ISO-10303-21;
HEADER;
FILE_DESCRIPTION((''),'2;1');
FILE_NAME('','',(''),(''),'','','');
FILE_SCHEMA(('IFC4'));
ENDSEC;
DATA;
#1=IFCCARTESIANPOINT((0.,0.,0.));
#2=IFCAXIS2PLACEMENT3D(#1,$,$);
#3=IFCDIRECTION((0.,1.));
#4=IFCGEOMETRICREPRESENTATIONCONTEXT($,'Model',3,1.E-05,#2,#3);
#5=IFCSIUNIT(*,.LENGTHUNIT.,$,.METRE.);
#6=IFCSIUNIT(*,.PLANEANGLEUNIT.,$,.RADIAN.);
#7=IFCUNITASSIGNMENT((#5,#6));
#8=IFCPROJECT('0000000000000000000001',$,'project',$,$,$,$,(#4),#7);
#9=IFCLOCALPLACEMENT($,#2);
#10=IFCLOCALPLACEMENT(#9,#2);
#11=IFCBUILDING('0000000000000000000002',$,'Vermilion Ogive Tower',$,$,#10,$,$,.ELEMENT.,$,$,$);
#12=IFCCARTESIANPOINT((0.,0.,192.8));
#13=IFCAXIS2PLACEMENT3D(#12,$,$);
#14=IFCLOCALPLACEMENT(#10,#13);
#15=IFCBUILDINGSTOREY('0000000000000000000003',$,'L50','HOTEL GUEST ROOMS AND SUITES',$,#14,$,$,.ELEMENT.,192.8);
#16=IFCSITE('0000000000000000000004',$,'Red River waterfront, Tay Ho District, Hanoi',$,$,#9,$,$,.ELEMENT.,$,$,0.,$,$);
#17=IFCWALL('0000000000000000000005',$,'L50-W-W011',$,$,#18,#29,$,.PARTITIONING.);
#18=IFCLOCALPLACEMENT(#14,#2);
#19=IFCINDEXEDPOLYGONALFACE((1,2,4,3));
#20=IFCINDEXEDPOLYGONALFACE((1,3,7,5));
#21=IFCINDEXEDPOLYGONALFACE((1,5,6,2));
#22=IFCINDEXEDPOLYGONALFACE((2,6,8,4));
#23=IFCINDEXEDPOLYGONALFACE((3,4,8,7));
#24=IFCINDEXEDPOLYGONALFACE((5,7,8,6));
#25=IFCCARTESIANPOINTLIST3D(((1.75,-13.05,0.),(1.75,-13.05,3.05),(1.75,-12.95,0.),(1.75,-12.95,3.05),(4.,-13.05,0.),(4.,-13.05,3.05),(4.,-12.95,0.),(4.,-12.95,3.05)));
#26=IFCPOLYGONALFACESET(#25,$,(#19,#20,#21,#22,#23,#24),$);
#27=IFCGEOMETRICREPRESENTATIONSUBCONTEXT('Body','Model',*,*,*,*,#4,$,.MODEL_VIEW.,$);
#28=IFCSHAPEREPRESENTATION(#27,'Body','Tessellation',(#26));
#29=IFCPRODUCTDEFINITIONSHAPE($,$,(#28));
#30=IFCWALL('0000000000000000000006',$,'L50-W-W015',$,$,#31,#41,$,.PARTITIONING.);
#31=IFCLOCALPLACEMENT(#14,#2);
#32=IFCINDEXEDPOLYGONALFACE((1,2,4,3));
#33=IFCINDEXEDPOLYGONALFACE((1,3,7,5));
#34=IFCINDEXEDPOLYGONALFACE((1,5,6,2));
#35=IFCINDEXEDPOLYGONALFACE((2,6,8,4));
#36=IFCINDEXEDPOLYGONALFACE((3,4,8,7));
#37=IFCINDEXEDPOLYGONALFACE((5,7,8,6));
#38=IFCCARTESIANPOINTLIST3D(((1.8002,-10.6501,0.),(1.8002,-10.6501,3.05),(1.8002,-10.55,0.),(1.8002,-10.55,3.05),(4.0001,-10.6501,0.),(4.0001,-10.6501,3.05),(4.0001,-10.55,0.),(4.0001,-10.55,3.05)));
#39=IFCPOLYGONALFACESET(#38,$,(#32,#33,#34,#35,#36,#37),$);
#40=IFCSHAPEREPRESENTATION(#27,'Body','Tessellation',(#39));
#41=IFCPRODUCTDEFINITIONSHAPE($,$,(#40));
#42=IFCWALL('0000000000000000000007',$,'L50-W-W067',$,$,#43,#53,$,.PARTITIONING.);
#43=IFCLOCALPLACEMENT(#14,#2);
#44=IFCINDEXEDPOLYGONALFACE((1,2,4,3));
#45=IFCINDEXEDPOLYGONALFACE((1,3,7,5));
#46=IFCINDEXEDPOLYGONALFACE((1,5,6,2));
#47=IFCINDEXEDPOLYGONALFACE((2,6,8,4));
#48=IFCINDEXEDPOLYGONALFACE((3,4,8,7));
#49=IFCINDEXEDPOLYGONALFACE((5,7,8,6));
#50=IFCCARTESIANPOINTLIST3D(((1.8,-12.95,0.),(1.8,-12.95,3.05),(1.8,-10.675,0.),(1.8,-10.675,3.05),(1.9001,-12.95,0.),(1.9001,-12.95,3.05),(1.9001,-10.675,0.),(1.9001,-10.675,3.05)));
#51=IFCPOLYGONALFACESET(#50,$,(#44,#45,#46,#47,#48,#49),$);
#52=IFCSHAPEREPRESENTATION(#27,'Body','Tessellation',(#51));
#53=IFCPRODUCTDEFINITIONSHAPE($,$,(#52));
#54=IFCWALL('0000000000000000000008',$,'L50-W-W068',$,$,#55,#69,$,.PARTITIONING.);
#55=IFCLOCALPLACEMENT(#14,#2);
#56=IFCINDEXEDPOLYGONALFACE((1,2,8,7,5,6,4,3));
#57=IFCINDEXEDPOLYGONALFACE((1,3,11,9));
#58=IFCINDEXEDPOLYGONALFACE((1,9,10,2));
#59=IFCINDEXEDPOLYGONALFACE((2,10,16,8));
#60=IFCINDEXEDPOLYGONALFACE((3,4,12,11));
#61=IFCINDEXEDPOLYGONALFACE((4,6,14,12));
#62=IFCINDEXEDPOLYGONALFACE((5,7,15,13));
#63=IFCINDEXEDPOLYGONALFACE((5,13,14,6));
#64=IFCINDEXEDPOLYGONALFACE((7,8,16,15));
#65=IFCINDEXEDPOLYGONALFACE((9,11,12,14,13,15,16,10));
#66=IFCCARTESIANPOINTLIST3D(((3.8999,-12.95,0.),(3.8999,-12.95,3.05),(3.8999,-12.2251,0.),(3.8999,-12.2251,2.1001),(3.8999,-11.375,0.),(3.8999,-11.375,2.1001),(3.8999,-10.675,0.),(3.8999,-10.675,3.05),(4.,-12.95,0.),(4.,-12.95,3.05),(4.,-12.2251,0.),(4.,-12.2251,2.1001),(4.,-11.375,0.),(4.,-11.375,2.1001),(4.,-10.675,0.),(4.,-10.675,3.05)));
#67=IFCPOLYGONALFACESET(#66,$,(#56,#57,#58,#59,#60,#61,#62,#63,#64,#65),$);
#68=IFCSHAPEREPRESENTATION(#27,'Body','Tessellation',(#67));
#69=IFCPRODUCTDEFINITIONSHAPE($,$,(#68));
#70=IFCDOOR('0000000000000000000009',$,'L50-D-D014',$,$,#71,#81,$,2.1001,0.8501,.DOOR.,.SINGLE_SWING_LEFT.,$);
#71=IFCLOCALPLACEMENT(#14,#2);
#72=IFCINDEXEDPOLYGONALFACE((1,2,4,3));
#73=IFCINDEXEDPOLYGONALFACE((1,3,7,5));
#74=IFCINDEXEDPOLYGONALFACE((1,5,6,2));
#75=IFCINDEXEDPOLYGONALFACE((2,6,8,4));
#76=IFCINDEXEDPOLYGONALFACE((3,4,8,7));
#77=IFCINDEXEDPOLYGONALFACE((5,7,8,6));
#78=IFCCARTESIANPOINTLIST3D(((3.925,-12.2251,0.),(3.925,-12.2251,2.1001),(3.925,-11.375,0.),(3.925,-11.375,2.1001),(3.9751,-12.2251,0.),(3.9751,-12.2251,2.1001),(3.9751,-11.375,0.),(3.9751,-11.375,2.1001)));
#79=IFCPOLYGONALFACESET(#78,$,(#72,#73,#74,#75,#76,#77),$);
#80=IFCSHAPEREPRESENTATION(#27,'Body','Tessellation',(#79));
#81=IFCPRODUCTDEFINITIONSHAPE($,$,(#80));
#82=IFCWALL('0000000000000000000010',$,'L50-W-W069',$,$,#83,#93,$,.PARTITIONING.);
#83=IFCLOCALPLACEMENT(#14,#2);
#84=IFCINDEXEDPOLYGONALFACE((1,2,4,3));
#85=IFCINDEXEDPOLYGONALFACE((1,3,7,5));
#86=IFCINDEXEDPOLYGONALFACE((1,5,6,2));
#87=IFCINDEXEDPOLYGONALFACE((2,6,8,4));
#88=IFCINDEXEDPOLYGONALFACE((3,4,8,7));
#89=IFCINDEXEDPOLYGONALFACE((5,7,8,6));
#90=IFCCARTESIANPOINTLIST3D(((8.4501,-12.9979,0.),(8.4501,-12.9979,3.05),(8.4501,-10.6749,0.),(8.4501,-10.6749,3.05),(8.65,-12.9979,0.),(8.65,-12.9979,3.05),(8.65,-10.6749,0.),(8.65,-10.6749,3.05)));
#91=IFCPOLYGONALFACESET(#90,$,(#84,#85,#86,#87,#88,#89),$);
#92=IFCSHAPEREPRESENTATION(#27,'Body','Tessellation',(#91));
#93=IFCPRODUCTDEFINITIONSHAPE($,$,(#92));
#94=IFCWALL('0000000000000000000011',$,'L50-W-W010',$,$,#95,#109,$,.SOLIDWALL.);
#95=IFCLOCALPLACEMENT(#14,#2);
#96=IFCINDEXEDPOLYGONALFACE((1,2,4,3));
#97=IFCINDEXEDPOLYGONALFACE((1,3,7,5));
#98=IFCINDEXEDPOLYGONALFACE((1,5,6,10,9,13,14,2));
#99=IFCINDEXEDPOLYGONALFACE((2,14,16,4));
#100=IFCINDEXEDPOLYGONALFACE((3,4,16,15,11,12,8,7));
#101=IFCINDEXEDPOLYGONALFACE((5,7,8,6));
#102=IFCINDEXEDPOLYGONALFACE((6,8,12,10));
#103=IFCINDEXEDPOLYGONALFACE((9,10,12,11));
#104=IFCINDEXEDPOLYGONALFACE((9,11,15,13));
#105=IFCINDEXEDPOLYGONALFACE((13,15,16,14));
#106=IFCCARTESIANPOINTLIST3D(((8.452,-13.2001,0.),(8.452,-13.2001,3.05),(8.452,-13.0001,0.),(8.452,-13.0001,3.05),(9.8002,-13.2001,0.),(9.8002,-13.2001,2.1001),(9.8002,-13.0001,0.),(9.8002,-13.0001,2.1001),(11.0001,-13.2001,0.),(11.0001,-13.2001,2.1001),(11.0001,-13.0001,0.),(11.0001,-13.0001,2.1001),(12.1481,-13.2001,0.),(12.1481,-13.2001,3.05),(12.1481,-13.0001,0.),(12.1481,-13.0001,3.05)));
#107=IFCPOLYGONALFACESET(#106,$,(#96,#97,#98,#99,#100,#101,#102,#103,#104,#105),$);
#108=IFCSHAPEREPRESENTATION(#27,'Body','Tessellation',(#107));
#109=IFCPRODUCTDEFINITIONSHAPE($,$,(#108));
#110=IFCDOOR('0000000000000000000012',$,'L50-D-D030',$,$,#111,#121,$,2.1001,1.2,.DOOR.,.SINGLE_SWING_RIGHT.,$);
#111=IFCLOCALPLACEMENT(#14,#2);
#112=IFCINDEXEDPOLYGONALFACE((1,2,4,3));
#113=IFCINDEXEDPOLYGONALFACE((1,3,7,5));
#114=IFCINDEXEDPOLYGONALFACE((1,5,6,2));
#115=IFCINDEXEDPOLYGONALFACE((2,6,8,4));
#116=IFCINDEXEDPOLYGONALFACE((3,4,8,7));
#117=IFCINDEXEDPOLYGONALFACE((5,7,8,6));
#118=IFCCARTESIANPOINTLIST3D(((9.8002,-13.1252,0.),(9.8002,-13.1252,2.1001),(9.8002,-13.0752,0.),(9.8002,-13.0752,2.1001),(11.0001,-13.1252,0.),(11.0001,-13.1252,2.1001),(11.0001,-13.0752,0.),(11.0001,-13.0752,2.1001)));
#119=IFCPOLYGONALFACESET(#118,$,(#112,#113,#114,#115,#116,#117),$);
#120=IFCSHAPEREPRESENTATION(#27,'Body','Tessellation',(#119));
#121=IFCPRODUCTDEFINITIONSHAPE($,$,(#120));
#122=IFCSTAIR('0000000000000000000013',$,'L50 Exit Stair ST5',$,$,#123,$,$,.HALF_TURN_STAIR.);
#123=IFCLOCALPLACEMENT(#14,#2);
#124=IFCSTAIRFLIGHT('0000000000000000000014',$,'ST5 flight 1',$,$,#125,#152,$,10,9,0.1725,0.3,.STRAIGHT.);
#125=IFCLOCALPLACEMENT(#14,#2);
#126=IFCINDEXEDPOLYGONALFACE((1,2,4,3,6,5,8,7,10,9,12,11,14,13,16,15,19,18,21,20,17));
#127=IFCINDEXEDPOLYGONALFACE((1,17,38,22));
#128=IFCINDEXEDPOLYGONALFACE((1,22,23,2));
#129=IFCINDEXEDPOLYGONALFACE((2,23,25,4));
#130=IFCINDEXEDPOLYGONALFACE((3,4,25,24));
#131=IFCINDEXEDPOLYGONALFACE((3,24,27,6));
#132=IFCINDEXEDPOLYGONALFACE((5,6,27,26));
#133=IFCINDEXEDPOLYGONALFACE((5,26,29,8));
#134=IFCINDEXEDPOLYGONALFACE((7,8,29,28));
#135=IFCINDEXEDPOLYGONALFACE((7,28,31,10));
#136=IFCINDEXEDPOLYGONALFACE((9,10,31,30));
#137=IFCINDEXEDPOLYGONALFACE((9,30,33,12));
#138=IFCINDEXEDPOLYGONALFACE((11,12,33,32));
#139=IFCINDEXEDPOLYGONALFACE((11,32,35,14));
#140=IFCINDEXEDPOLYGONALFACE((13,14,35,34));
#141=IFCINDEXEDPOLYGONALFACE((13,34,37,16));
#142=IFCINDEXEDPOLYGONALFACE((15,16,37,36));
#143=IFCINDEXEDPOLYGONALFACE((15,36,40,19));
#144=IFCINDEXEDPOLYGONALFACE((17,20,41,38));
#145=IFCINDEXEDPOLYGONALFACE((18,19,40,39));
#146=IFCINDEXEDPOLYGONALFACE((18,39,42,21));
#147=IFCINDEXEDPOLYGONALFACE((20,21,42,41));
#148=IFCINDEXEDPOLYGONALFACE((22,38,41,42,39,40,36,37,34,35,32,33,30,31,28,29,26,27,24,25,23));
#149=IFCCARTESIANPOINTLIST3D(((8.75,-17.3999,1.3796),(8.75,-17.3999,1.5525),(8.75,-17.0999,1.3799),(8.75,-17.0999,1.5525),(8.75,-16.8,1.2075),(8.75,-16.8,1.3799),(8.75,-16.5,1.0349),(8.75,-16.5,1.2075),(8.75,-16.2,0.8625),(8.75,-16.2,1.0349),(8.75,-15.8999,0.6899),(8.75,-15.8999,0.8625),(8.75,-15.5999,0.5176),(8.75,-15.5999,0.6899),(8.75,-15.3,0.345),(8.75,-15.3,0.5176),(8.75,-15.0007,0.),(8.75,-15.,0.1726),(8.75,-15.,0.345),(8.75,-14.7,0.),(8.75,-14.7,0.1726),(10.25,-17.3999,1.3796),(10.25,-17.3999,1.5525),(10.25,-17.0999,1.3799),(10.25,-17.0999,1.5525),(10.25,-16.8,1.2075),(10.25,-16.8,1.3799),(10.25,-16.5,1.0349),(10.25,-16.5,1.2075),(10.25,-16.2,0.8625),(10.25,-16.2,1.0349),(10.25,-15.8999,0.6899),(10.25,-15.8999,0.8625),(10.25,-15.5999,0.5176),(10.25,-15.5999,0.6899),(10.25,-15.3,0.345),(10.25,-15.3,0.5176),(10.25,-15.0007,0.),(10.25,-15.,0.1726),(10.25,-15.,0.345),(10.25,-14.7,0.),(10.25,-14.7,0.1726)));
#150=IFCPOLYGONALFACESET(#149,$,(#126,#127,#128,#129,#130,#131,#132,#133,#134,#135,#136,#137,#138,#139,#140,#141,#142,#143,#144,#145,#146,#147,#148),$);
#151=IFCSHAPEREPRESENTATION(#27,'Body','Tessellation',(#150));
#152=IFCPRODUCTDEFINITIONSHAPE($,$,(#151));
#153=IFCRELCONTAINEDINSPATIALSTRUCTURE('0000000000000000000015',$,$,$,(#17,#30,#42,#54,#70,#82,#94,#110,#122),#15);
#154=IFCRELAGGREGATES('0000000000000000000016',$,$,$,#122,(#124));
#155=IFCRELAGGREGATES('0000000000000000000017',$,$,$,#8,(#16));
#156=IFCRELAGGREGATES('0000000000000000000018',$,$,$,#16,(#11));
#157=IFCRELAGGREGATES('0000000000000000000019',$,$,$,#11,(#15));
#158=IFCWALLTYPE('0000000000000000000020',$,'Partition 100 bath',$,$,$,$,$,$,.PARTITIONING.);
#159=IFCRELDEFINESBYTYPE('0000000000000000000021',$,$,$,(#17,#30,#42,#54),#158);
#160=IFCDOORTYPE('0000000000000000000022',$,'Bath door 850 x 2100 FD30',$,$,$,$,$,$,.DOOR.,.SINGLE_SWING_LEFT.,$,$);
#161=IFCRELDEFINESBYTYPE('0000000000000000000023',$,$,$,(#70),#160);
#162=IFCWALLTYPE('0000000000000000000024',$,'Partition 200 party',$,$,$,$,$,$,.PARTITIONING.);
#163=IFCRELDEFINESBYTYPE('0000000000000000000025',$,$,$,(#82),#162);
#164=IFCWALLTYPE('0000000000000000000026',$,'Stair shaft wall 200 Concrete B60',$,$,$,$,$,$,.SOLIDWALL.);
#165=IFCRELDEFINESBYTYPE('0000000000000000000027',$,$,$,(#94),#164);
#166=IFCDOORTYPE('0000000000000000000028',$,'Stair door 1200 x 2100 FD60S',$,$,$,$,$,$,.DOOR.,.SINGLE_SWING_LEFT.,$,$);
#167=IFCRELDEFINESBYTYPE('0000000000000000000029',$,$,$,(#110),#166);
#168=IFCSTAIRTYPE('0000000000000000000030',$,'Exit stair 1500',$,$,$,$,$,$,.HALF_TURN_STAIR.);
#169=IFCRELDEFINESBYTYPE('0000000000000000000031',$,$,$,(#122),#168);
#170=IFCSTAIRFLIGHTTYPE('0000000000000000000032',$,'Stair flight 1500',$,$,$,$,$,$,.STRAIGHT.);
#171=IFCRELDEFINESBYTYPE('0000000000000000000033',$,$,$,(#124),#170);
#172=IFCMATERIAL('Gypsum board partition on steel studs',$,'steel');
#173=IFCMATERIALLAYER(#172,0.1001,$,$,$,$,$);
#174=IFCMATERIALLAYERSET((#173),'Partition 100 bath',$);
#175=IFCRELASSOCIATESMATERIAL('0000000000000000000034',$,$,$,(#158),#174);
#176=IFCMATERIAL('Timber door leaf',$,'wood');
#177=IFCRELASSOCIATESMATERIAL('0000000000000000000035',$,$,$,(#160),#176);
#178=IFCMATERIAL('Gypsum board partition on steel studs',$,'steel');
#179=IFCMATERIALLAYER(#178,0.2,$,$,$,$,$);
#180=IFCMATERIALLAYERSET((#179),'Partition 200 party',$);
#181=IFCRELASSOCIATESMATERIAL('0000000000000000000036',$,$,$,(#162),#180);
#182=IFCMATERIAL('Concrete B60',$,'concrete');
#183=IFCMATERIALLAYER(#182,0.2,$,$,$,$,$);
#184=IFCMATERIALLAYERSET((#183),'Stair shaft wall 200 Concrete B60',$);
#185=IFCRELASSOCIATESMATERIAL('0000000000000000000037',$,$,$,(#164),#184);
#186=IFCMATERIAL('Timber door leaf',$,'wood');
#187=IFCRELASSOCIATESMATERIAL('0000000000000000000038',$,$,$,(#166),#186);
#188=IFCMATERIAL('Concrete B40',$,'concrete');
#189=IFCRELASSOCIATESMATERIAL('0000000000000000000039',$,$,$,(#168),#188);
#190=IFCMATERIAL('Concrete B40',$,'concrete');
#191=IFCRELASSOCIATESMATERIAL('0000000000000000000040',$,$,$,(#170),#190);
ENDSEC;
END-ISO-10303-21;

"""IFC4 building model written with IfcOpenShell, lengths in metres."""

from ifc_helpers import new_model, si_unit, direction, frame, frame_2d, origin, place, context, subcontext, project, spatial, polyline, rectangle, outline, extrude, material, layer, layer_set, type_object, element, fill, aggregate, save


model = new_model("IFC4")

# Units and contexts
model_context = context("Model", 3, precision=1e-05, world=origin(), true_north=direction((0.0, 1.0)))
body_context = subcontext(model_context, "Body", "Model", "MODEL_VIEW")
ifc_project = project(units=[si_unit("LENGTHUNIT", "METRE"), si_unit("PLANEANGLEUNIT", "RADIAN")], contexts=[model_context])

# Site, building, storey
site_placement = place(None, origin())
site = spatial("IfcSite", under=ifc_project, at=site_placement, Name="Red River waterfront, Tay Ho District, Hanoi", CompositionType="ELEMENT", RefElevation=0.0)
building_placement = place(site_placement, origin())
building = spatial("IfcBuilding", under=site, at=building_placement, Name="Vermilion Ogive Tower", CompositionType="ELEMENT")
storey_placement = place(building_placement, frame((0.0, 0.0, 192.8)))
storey = spatial("IfcBuildingStorey", under=building, at=storey_placement, Name="L50", Description="HOTEL GUEST ROOMS AND SUITES", CompositionType="ELEMENT", Elevation=192.8)

# Walls
ifc_material_1 = material(Name="Gypsum board partition on steel studs", Category="steel")
ifc_layer_1 = layer(ifc_material_1, 0.1001)
ifc_layer_set_1 = layer_set([ifc_layer_1], Name="Partition 100 bath")
wall_type_1 = type_object("IfcWallType", Name="Partition 100 bath", PredefinedType="PARTITIONING", material=ifc_layer_set_1)
wall_1_placement = place(storey_placement, frame((1.75, -13.0, 0.0), z_axis=(0.0, 0.0, 1.0), x_axis=(1.0, 0.0, 0.0)))
element("IfcWall", 1, at=wall_1_placement, inside=storey, type_object=wall_type_1, Name="L50-W-W011", PredefinedType="PARTITIONING", context=body_context, shape_type="SweptSolid", body=[
    extrude(rectangle(XDim=2.25, YDim=0.1001, at=frame_2d((1.125, 0.0))), origin(), (0.0, 0.0, 1.0), 3.05),
])
wall_2_placement = place(storey_placement, frame((1.8, -10.6001, 0.0), z_axis=(0.0, 0.0, 1.0), x_axis=(1.0, 0.0, 0.0)))
element("IfcWall", 2, at=wall_2_placement, inside=storey, type_object=wall_type_1, Name="L50-W-W015", PredefinedType="PARTITIONING", context=body_context, shape_type="SweptSolid", body=[
    extrude(rectangle(XDim=2.2, YDim=0.1001, at=frame_2d((1.1001, 0.0))), origin(), (0.0, 0.0, 1.0), 3.05),
])
wall_3_placement = place(storey_placement, frame((1.8501, -12.95, 0.0), z_axis=(0.0, 0.0, 1.0), x_axis=(0.0, 1.0, 0.0)))
element("IfcWall", 3, at=wall_3_placement, inside=storey, type_object=wall_type_1, Name="L50-W-W067", PredefinedType="PARTITIONING", context=body_context, shape_type="SweptSolid", body=[
    extrude(rectangle(XDim=2.2749, YDim=0.1001, at=frame_2d((1.1375, 0.0))), origin(), (0.0, 0.0, 1.0), 3.05),
])

# Wall, opening, door
wall_4_placement = place(storey_placement, frame((3.95, -12.95, 0.0), z_axis=(0.0, 0.0, 1.0), x_axis=(0.0, 1.0, 0.0)))
wall_4 = element("IfcWall", 4, at=wall_4_placement, inside=storey, type_object=wall_type_1, Name="L50-W-W068", PredefinedType="PARTITIONING", context=body_context, shape_type="SweptSolid", body=[
    extrude(rectangle(XDim=2.2749, YDim=0.1001, at=frame_2d((1.1375, 0.0))), origin(), (0.0, 0.0, 1.0), 3.05),
])
opening_1_placement = place(wall_4_placement, frame((0.7249, 0.0, 0.0)))
opening_1 = element("IfcOpeningElement", 5, at=opening_1_placement, cuts=wall_4, PredefinedType="OPENING", context=body_context, shape_type="SweptSolid", body=[
    extrude(rectangle(XDim=0.8501, YDim=2.1001, at=frame_2d((0.425, 1.05))), frame((0.0, 0.0601, 0.0), z_axis=(0.0, -1.0, 0.0), x_axis=(1.0, 0.0, 0.0)), (0.0, 0.0, 1.0), 0.1201),
])
ifc_material_2 = material(Name="Timber door leaf", Category="wood")
door_type_1 = type_object("IfcDoorType", Name="Bath door 850 x 2100 FD30", OperationType="SINGLE_SWING_LEFT", PredefinedType="DOOR", material=ifc_material_2)
door_1_placement = place(opening_1_placement, origin())
door_1 = element("IfcDoor", 6, at=door_1_placement, inside=storey, type_object=door_type_1, Name="L50-D-D014", OperationType="SINGLE_SWING_LEFT", OverallHeight=2.1001, OverallWidth=0.8501, PredefinedType="DOOR", context=body_context, shape_type="SweptSolid", body=[
    extrude(rectangle(XDim=0.8501, YDim=2.1001, at=frame_2d((0.425, 1.05))), frame((0.0, 0.0249, 0.0), z_axis=(0.0, -1.0, 0.0), x_axis=(1.0, 0.0, 0.0)), (0.0, 0.0, 1.0), 0.05),
])
fill(opening_1, door_1)

# Wall
ifc_material_3 = material(Name="Gypsum board partition on steel studs", Category="steel")
ifc_layer_2 = layer(ifc_material_3, 0.2)
ifc_layer_set_2 = layer_set([ifc_layer_2], Name="Partition 200 party")
wall_type_2 = type_object("IfcWallType", Name="Partition 200 party", PredefinedType="PARTITIONING", material=ifc_layer_set_2)
wall_5_placement = place(storey_placement, frame((8.55, -12.998, 0.0), z_axis=(0.0, 0.0, 1.0), x_axis=(0.0, 1.0, 0.0)))
element("IfcWall", 7, at=wall_5_placement, inside=storey, type_object=wall_type_2, Name="L50-W-W069", PredefinedType="PARTITIONING", context=body_context, shape_type="SweptSolid", body=[
    extrude(rectangle(XDim=2.323, YDim=0.2, at=frame_2d((1.1616, 0.0))), origin(), (0.0, 0.0, 1.0), 3.05),
])

# Wall, opening, door
ifc_material_4 = material(Name="Concrete B60", Category="concrete")
ifc_layer_3 = layer(ifc_material_4, 0.2)
ifc_layer_set_3 = layer_set([ifc_layer_3], Name="Stair shaft wall 200 Concrete B60")
wall_type_3 = type_object("IfcWallType", Name="Stair shaft wall 200 Concrete B60", PredefinedType="SOLIDWALL", material=ifc_layer_set_3)
wall_6_placement = place(storey_placement, frame((8.4519, -13.1001, 0.0), z_axis=(0.0, 0.0, 1.0), x_axis=(1.0, 0.0, 0.0)))
wall_6 = element("IfcWall", 8, at=wall_6_placement, inside=storey, type_object=wall_type_3, Name="L50-W-W010", PredefinedType="SOLIDWALL", context=body_context, shape_type="SweptSolid", body=[
    extrude(rectangle(XDim=3.696, YDim=0.2, at=frame_2d((1.8481, 0.0))), origin(), (0.0, 0.0, 1.0), 3.05),
])
opening_2_placement = place(wall_6_placement, frame((1.3481, 0.0, 0.0)))
opening_2 = element("IfcOpeningElement", 9, at=opening_2_placement, cuts=wall_6, PredefinedType="OPENING", context=body_context, shape_type="SweptSolid", body=[
    extrude(rectangle(XDim=1.2, YDim=2.1001, at=frame_2d((0.6001, 1.05))), frame((0.0, 0.1099, 0.0), z_axis=(0.0, -1.0, 0.0), x_axis=(1.0, 0.0, 0.0)), (0.0, 0.0, 1.0), 0.22),
])
ifc_material_5 = material(Name="Timber door leaf", Category="wood")
door_type_2 = type_object("IfcDoorType", Name="Stair door 1200 x 2100 FD60S", OperationType="SINGLE_SWING_LEFT", PredefinedType="DOOR", material=ifc_material_5)
door_2_placement = place(opening_2_placement, origin())
door_2 = element("IfcDoor", 10, at=door_2_placement, inside=storey, type_object=door_type_2, Name="L50-D-D030", OperationType="SINGLE_SWING_RIGHT", OverallHeight=2.1001, OverallWidth=1.2, PredefinedType="DOOR", context=body_context, shape_type="SweptSolid", body=[
    extrude(rectangle(XDim=1.2, YDim=2.1001, at=frame_2d((0.6001, 1.05))), frame((0.0, 0.0249, 0.0), z_axis=(0.0, -1.0, 0.0), x_axis=(1.0, 0.0, 0.0)), (0.0, 0.0, 1.0), 0.05),
])
fill(opening_2, door_2)

# Stair, stair flight
ifc_material_6 = material(Name="Concrete B40", Category="concrete")
stair_type = type_object("IfcStairType", Name="Exit stair 1500", PredefinedType="HALF_TURN_STAIR", material=ifc_material_6)
stair_placement = place(storey_placement, origin())
stair = element("IfcStair", 11, at=stair_placement, inside=storey, type_object=stair_type, Name="L50 Exit Stair ST5", PredefinedType="HALF_TURN_STAIR")
ifc_material_7 = material(Name="Concrete B40", Category="concrete")
stair_flight_type = type_object("IfcStairFlightType", Name="Stair flight 1500", PredefinedType="STRAIGHT", material=ifc_material_7)
stair_flight_1_placement = place(storey_placement, frame((9.5, -14.7, 0.0), z_axis=(0.0, 0.0, 1.0), x_axis=(0.0, -1.0, 0.0)))
stair_flight_1 = element("IfcStairFlight", 12, at=stair_flight_1_placement, type_object=stair_flight_type, Name="ST5 flight 1", NumberOfRisers=10, NumberOfTreads=9, PredefinedType="STRAIGHT", RiserHeight=0.1725, TreadLength=0.3, context=body_context, shape_type="SweptSolid", body=[
    extrude(outline(polyline([(0.0, 0.0), (0.0, 0.1726), (0.3, 0.1726), (0.3, 0.345), (0.6001, 0.345), (0.6001, 0.5176), (0.8999, 0.5176), (0.8999, 0.6899), (1.2, 0.6899), (1.2, 0.8625), (1.5, 0.8625), (1.5, 1.0349), (1.8, 1.0349), (1.8, 1.2075), (2.1001, 1.2075), (2.1001, 1.3799), (2.3999, 1.3799), (2.3999, 1.5525), (2.7, 1.5525), (2.7, 1.7251), (2.7, 1.3796), (0.3008, 0.0), (0.0, 0.0)])), frame((0.0, 0.75, 0.0), z_axis=(0.0, -1.0, 0.0), x_axis=(1.0, 0.0, 0.0)), (0.0, 0.0, 1.0), 1.5),
])
aggregate(stair, [stair_flight_1])

save(model, "model.ifc")
